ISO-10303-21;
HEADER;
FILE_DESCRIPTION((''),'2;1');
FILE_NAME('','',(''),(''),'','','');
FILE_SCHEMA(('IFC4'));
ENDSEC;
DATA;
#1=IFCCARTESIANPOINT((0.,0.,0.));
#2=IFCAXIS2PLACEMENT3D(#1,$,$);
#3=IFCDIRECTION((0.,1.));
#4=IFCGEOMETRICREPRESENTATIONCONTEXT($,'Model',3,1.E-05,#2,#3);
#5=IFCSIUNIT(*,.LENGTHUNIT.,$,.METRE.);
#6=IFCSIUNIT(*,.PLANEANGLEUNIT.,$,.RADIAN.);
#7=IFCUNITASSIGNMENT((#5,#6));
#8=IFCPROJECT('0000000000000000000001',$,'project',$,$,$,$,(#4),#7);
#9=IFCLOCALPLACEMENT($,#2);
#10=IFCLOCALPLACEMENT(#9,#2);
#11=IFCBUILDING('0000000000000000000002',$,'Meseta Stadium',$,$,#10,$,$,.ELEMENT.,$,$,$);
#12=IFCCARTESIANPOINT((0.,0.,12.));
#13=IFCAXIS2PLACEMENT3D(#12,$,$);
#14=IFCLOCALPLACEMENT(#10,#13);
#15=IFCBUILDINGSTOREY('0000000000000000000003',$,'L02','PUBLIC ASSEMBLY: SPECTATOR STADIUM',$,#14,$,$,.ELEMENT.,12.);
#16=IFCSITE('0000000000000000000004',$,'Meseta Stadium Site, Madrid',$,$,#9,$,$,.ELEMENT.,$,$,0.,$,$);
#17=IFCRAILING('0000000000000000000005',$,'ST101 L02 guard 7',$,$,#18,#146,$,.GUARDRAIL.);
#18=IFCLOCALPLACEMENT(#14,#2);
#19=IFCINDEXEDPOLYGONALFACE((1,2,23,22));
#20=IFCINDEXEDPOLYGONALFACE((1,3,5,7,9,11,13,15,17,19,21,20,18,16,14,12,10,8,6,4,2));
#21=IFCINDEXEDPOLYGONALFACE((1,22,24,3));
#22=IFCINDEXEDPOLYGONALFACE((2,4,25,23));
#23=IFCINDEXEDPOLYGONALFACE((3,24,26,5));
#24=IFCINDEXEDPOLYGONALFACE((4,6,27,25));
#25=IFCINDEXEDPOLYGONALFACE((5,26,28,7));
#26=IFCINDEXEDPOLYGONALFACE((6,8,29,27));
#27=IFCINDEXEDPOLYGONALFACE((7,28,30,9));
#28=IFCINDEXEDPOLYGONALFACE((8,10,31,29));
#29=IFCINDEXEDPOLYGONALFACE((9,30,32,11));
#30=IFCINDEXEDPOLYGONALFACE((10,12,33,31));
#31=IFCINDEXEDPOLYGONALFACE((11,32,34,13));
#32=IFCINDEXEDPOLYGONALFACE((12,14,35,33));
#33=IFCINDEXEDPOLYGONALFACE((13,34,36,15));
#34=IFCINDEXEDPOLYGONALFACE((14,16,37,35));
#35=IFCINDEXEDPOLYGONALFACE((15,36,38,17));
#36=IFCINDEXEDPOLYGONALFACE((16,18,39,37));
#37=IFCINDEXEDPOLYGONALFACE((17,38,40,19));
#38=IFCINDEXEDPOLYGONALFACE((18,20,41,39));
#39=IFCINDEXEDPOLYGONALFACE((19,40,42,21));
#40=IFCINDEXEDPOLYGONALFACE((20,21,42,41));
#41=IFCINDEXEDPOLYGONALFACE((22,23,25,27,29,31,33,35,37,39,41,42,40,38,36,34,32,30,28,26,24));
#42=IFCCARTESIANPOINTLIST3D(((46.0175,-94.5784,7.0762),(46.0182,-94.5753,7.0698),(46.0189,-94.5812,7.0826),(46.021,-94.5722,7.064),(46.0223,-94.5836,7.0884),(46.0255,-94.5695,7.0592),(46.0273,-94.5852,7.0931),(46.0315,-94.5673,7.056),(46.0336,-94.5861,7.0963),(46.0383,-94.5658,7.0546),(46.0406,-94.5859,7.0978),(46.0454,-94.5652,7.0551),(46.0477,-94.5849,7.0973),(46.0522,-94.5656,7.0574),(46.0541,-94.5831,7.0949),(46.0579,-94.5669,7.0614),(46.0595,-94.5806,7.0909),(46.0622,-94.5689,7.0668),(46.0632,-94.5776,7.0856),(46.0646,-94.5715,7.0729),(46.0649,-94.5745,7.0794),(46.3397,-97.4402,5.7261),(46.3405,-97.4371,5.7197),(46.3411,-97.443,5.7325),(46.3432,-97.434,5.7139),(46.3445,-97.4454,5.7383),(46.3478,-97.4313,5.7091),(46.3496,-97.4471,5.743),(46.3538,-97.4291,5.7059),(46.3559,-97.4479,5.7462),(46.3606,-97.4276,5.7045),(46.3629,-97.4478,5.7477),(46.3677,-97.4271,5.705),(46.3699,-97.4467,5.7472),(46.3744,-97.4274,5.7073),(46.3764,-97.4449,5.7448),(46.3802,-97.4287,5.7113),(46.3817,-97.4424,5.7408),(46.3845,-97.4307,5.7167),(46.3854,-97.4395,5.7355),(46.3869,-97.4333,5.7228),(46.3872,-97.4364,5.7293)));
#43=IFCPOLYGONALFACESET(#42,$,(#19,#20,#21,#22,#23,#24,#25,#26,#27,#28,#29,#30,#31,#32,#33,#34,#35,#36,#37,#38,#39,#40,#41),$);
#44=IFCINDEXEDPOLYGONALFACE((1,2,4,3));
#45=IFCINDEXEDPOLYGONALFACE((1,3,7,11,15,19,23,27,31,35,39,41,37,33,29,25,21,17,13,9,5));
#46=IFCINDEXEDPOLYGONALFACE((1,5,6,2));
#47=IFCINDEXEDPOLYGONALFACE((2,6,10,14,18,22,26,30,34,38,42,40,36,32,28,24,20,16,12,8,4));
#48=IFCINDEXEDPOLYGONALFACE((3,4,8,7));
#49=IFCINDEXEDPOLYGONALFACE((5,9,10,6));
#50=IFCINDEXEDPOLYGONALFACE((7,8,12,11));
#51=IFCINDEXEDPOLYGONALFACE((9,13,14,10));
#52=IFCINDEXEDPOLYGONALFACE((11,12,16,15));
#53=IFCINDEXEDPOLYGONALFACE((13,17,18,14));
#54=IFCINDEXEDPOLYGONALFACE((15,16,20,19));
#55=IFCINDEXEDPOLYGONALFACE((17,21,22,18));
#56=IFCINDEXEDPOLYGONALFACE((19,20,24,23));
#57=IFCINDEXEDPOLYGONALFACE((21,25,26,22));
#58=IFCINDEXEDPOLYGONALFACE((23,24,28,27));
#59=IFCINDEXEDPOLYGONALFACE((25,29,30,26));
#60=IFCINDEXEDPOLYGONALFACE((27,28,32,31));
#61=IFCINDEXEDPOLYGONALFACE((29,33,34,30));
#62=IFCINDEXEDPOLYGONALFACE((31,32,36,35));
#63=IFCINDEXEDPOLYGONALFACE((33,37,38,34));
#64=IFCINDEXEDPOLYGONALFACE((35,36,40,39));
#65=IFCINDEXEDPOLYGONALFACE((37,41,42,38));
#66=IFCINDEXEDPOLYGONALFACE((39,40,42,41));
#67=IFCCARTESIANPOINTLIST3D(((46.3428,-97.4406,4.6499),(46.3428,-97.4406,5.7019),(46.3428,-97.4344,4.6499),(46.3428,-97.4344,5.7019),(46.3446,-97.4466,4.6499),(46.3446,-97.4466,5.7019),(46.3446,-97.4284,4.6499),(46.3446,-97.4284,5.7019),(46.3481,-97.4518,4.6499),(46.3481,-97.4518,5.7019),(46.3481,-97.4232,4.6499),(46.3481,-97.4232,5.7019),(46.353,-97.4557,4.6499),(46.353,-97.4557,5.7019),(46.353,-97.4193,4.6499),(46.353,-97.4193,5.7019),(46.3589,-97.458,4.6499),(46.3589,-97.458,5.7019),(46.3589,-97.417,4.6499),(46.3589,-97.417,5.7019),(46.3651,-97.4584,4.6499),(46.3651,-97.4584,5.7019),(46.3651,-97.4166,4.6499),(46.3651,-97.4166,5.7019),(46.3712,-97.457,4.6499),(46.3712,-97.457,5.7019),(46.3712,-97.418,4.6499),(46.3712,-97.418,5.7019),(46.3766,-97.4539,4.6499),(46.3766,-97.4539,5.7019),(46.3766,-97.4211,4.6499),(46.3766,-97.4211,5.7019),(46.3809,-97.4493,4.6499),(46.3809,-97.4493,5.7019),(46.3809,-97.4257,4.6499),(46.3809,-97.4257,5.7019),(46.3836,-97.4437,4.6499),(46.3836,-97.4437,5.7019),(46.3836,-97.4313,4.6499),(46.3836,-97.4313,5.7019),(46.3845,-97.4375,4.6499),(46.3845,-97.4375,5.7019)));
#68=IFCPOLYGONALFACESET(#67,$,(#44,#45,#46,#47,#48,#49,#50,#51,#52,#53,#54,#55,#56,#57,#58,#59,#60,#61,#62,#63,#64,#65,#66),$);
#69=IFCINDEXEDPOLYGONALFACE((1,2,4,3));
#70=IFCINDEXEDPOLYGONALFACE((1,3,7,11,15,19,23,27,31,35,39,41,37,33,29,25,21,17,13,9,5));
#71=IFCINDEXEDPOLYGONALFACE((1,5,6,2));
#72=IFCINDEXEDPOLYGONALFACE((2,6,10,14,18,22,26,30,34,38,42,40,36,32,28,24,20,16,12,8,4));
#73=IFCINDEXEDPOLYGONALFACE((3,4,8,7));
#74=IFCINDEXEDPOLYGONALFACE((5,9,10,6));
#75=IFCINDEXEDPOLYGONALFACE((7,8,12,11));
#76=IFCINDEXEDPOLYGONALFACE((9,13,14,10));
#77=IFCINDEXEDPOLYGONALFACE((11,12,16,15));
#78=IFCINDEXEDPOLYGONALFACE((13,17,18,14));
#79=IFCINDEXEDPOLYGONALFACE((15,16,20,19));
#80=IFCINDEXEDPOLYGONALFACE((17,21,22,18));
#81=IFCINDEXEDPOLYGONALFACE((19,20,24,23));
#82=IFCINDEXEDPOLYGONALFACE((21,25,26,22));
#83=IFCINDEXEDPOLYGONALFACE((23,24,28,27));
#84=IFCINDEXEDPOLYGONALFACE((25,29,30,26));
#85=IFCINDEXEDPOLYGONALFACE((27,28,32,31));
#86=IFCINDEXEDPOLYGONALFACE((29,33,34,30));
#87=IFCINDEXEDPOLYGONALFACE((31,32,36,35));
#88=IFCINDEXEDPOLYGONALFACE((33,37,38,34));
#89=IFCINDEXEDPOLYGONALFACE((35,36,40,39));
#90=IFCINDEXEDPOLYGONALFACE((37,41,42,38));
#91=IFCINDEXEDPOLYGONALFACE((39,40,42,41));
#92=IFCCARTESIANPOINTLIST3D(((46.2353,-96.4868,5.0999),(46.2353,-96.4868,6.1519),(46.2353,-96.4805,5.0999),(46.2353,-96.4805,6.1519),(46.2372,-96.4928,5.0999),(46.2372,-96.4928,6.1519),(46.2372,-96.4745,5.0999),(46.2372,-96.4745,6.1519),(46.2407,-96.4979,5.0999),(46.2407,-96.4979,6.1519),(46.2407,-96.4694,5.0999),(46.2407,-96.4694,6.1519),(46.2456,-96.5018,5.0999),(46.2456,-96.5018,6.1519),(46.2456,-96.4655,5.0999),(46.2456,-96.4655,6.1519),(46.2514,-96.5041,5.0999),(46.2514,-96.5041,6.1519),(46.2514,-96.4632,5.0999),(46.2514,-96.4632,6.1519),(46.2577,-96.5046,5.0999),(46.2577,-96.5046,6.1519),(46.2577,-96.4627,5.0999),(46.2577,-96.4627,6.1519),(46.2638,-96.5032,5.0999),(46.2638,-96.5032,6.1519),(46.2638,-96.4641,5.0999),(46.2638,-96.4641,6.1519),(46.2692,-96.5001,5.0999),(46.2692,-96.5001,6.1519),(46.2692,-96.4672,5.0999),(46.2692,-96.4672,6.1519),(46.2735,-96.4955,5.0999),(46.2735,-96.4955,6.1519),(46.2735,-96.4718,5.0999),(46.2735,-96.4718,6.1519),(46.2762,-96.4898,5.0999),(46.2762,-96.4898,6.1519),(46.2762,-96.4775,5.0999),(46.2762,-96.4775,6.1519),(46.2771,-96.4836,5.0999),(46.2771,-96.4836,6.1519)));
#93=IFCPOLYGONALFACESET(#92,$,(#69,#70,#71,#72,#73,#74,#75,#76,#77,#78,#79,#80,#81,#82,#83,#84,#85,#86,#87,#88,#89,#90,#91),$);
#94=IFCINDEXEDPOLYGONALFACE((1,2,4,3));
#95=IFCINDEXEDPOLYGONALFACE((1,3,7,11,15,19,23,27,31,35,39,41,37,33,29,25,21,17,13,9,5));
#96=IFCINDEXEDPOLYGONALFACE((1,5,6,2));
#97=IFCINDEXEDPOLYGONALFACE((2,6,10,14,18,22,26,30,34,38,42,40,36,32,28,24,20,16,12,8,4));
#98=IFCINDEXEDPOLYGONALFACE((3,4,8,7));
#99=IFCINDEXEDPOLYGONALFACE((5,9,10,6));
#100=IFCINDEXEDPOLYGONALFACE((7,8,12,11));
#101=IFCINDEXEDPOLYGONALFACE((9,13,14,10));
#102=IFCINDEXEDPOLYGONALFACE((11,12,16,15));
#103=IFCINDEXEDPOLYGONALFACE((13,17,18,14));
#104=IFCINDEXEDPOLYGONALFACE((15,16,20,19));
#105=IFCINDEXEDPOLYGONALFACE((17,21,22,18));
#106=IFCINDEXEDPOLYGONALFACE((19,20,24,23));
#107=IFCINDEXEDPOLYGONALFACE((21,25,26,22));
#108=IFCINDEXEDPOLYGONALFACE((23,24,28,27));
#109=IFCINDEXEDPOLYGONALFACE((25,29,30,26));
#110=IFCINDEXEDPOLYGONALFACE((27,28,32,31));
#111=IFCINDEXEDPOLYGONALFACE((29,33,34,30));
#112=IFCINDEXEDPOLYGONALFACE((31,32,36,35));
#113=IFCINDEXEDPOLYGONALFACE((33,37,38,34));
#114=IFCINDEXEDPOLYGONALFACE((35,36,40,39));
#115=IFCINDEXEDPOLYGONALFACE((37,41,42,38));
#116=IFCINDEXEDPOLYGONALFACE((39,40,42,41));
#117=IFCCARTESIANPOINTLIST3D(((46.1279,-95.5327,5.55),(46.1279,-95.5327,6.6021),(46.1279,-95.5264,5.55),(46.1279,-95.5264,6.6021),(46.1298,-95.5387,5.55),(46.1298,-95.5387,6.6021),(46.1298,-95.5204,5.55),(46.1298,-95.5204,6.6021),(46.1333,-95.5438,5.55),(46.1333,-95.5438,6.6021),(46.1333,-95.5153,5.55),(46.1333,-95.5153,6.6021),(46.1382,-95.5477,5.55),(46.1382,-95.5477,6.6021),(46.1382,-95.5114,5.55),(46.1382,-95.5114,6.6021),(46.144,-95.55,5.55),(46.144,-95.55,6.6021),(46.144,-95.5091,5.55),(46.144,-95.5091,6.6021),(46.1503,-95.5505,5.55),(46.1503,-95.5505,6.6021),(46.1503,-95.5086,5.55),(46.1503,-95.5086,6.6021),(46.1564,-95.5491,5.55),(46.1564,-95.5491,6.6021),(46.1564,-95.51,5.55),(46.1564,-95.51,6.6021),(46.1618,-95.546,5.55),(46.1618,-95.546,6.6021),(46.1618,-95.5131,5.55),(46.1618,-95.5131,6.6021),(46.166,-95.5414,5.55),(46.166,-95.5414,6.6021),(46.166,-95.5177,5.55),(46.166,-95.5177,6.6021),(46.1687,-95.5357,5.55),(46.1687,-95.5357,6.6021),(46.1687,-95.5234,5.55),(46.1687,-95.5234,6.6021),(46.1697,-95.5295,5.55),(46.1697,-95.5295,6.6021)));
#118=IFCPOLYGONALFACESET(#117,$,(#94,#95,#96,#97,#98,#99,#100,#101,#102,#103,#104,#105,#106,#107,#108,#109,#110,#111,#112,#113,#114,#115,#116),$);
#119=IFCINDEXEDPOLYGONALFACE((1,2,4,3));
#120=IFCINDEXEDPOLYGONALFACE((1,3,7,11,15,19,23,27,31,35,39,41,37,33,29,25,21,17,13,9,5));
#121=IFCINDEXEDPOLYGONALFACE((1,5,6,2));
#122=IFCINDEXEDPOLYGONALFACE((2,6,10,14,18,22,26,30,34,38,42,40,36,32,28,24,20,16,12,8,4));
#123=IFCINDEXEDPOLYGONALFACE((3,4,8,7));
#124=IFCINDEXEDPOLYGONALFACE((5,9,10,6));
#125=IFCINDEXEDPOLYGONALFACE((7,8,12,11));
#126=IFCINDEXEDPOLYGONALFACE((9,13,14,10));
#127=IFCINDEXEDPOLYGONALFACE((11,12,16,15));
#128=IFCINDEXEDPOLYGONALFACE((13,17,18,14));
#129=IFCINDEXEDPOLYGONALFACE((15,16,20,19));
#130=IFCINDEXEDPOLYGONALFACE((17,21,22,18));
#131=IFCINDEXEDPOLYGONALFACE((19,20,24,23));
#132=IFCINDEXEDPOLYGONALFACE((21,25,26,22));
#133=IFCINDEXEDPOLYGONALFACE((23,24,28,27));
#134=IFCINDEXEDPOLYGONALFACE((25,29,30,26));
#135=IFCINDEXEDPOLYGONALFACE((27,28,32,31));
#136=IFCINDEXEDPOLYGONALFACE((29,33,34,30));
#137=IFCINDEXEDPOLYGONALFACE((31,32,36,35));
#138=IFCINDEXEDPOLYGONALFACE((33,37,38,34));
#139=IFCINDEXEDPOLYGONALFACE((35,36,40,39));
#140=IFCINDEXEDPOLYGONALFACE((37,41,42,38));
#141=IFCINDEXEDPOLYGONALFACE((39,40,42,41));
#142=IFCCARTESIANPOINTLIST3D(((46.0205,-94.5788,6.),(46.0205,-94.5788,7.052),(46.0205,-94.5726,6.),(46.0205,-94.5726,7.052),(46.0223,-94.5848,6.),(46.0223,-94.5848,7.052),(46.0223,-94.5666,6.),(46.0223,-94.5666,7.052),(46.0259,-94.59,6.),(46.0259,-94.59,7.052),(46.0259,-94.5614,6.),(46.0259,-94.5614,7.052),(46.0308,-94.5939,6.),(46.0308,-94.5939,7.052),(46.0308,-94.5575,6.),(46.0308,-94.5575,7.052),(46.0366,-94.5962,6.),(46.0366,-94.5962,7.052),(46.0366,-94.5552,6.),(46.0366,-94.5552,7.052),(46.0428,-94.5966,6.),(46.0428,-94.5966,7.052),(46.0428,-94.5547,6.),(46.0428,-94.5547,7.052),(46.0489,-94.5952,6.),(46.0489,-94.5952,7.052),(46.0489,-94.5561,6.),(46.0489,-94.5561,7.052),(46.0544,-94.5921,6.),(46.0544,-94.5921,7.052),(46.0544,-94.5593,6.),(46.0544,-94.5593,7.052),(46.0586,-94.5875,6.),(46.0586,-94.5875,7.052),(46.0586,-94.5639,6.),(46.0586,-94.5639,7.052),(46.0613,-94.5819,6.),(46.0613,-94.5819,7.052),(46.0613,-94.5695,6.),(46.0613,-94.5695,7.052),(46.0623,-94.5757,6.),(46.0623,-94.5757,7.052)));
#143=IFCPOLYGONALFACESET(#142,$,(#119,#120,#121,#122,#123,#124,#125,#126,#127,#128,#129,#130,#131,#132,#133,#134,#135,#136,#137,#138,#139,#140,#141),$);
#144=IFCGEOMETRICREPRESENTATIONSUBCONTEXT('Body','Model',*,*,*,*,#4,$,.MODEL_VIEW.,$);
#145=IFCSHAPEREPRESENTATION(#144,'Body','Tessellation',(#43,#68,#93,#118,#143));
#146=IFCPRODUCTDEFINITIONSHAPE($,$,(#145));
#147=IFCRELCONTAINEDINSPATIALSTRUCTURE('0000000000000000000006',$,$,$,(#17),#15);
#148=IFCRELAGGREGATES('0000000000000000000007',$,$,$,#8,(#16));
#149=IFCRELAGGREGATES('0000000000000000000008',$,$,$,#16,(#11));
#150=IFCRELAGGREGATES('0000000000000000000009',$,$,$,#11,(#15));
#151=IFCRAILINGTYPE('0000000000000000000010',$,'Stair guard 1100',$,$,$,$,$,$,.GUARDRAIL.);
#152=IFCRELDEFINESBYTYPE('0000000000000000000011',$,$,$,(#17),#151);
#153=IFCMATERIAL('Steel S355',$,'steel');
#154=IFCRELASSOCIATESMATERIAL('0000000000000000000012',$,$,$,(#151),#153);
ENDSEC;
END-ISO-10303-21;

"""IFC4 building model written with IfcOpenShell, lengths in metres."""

from ifc_helpers import new_model, si_unit, direction, frame, origin, origin_2d, place, context, subcontext, project, spatial, circle, extrude, material, type_object, element, save


model = new_model("IFC4")

# Units and contexts
model_context = context("Model", 3, precision=1e-05, world=origin(), true_north=direction((0.0, 1.0)))
body_context = subcontext(model_context, "Body", "Model", "MODEL_VIEW")
ifc_project = project(units=[si_unit("LENGTHUNIT", "METRE"), si_unit("PLANEANGLEUNIT", "RADIAN")], contexts=[model_context])

# Site, building, storey
site_placement = place(None, origin())
site = spatial("IfcSite", under=ifc_project, at=site_placement, Name="Meseta Stadium Site, Madrid", CompositionType="ELEMENT", RefElevation=0.0)
building_placement = place(site_placement, origin())
building = spatial("IfcBuilding", under=site, at=building_placement, Name="Meseta Stadium", CompositionType="ELEMENT")
storey_placement = place(building_placement, frame((0.0, 0.0, 12.0)))
storey = spatial("IfcBuildingStorey", under=building, at=storey_placement, Name="L02", Description="PUBLIC ASSEMBLY: SPECTATOR STADIUM", CompositionType="ELEMENT", Elevation=12.0)

# Railing
ifc_material_1 = material(Name="Steel S355", Category="steel")
railing_type_1 = type_object("IfcRailingType", Name="Stair guard 1100", PredefinedType="GUARDRAIL", material=ifc_material_1)
railing_1_placement = place(storey_placement, frame((46.3635, -97.4375, 4.6499)))
element("IfcRailing", 1, at=railing_1_placement, inside=storey, type_object=railing_type_1, Name="ST101 L02 guard 7", PredefinedType="GUARDRAIL", context=body_context, shape_type="SweptSolid", body=[
    extrude(circle(Radius=0.0239, at=origin_2d()), frame((0.0, 0.0, 1.0762), z_axis=(-0.10132, 0.899755, 0.424471), x_axis=(-0.993719, -0.111902, 0.0)), (0.0, 0.0, 1.0), 3.1807),
    extrude(circle(Radius=0.021, at=origin_2d()), origin(), (0.0, 0.0, 1.0), 1.052),
    extrude(circle(Radius=0.021, at=origin_2d()), frame((-0.1074, 0.9539, 0.45)), (0.0, 0.0, 1.0), 1.052),
    extrude(circle(Radius=0.021, at=origin_2d()), frame((-0.2148, 1.908, 0.9001)), (0.0, 0.0, 1.0), 1.052),
    extrude(circle(Radius=0.021, at=origin_2d()), frame((-0.3223, 2.8618, 1.3501)), (0.0, 0.0, 1.0), 1.052),
])

save(model, "model.ifc")
